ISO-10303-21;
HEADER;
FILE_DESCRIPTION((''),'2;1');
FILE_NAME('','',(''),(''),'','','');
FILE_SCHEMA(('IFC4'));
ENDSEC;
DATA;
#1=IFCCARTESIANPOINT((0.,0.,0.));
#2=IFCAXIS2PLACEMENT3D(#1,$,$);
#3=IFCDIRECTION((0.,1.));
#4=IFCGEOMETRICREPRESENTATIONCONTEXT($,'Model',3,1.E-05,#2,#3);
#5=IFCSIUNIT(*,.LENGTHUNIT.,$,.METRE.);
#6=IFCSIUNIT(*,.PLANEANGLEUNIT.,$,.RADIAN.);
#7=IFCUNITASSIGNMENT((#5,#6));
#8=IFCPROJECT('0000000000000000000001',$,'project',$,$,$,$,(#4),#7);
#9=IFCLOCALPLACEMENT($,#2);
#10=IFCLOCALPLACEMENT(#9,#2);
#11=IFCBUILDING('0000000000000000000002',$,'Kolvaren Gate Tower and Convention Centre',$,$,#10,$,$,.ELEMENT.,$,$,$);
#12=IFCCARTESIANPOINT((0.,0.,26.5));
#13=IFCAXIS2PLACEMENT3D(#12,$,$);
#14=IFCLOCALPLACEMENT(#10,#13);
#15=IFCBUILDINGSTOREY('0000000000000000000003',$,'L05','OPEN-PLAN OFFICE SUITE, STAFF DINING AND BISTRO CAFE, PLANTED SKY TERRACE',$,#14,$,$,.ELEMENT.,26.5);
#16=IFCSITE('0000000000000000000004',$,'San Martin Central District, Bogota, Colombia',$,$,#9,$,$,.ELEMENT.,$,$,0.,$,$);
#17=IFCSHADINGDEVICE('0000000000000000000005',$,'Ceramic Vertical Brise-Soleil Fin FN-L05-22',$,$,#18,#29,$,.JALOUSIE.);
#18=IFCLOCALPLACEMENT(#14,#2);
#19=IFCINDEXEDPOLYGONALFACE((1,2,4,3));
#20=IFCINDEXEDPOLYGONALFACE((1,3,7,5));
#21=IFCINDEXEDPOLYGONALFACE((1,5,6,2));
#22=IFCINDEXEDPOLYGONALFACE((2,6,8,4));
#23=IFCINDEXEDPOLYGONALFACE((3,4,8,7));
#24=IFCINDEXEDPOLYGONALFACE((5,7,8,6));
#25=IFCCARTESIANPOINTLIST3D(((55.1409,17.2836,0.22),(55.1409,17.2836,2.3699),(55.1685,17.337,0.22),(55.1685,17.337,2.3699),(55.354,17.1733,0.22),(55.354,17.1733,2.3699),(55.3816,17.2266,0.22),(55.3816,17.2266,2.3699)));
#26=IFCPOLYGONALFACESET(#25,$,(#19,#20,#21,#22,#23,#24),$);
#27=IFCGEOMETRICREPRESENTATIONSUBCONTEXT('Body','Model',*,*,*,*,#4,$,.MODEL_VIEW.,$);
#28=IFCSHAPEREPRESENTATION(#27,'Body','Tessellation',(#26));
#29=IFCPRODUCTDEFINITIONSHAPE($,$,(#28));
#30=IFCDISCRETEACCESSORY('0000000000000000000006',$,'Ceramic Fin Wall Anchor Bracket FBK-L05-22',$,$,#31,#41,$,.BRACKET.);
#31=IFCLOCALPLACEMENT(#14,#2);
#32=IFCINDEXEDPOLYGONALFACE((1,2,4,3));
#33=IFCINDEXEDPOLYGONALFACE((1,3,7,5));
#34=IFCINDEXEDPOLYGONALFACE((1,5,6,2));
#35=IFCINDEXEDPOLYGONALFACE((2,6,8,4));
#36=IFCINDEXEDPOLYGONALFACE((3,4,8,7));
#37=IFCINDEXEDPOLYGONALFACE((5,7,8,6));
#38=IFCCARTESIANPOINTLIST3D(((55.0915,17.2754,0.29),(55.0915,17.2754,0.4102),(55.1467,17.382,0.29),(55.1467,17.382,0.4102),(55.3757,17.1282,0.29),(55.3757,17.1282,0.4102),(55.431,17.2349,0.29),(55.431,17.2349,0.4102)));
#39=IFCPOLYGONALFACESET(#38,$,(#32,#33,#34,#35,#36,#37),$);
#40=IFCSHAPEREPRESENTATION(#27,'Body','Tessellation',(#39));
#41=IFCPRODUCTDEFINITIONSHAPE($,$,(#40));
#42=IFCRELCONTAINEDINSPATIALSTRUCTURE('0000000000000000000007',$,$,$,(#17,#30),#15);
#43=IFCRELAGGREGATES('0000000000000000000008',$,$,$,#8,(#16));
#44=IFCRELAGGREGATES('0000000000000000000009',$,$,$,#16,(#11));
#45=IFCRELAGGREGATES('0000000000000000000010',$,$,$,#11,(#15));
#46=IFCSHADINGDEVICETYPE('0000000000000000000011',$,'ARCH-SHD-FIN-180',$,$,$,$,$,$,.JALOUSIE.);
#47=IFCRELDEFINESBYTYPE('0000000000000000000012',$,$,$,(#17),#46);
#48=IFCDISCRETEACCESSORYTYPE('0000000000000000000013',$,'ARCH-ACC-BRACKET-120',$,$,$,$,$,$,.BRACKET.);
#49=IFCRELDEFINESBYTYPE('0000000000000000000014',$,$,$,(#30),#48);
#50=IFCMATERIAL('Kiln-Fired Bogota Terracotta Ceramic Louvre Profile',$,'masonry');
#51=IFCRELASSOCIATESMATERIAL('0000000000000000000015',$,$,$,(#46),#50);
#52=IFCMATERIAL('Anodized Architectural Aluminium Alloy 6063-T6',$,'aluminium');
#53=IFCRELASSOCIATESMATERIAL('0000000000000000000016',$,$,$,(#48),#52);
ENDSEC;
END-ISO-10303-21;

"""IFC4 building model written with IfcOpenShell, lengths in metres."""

from ifc_helpers import new_model, si_unit, direction, frame, origin, origin_2d, place, context, subcontext, project, spatial, rectangle, extrude, material, type_object, element, save


model = new_model("IFC4")

# Units and contexts
model_context = context("Model", 3, precision=1e-05, world=origin(), true_north=direction((0.0, 1.0)))
body_context = subcontext(model_context, "Body", "Model", "MODEL_VIEW")
ifc_project = project(units=[si_unit("LENGTHUNIT", "METRE"), si_unit("PLANEANGLEUNIT", "RADIAN")], contexts=[model_context])

# Site, building, storey
site_placement = place(None, origin())
site = spatial("IfcSite", under=ifc_project, at=site_placement, Name="San Martin Central District, Bogota, Colombia", CompositionType="ELEMENT", RefElevation=0.0)
building_placement = place(site_placement, origin())
building = spatial("IfcBuilding", under=site, at=building_placement, Name="Kolvaren Gate Tower and Convention Centre", CompositionType="ELEMENT")
storey_placement = place(building_placement, frame((0.0, 0.0, 26.5)))
storey = spatial("IfcBuildingStorey", under=building, at=storey_placement, Name="L05", Description="OPEN-PLAN OFFICE SUITE, STAFF DINING AND BISTRO CAFE, PLANTED SKY TERRACE", CompositionType="ELEMENT", Elevation=26.5)

# Shared definitions
ifc_material_1 = material(Name="Anodized Architectural Aluminium Alloy 6063-T6", Category="aluminium")

# Shading device
ifc_material_2 = material(Name="Kiln-Fired Bogota Terracotta Ceramic Louvre Profile", Category="masonry")
shading_device_type = type_object("IfcShadingDeviceType", Name="ARCH-SHD-FIN-180", PredefinedType="JALOUSIE", material=ifc_material_2)
shading_device_placement = place(storey_placement, frame((55.2612, 17.2551, 0.22), z_axis=(0.0, 0.0, 1.0), x_axis=(0.459789, 0.888028, 0.0)))
element("IfcShadingDevice", 1, at=shading_device_placement, inside=storey, type_object=shading_device_type, Name="Ceramic Vertical Brise-Soleil Fin FN-L05-22", PredefinedType="JALOUSIE", context=body_context, shape_type="SweptSolid", body=[
    extrude(rectangle(XDim=0.0601, YDim=0.24, at=origin_2d()), origin(), (0.0, 0.0, 1.0), 2.1499),
])

# Discrete accessory
discrete_accessory_type = type_object("IfcDiscreteAccessoryType", Name="ARCH-ACC-BRACKET-120", PredefinedType="BRACKET", material=ifc_material_1)
discrete_accessory_placement = place(storey_placement, frame((55.2612, 17.2551, 0.29), z_axis=(0.0, 0.0, 1.0), x_axis=(0.459789, 0.888028, 0.0)))
element("IfcDiscreteAccessory", 2, at=discrete_accessory_placement, inside=storey, type_object=discrete_accessory_type, Name="Ceramic Fin Wall Anchor Bracket FBK-L05-22", PredefinedType="BRACKET", context=body_context, shape_type="SweptSolid", body=[
    extrude(rectangle(XDim=0.1201, YDim=0.3201, at=origin_2d()), origin(), (0.0, 0.0, 1.0), 0.1201),
])

save(model, "model.ifc")
